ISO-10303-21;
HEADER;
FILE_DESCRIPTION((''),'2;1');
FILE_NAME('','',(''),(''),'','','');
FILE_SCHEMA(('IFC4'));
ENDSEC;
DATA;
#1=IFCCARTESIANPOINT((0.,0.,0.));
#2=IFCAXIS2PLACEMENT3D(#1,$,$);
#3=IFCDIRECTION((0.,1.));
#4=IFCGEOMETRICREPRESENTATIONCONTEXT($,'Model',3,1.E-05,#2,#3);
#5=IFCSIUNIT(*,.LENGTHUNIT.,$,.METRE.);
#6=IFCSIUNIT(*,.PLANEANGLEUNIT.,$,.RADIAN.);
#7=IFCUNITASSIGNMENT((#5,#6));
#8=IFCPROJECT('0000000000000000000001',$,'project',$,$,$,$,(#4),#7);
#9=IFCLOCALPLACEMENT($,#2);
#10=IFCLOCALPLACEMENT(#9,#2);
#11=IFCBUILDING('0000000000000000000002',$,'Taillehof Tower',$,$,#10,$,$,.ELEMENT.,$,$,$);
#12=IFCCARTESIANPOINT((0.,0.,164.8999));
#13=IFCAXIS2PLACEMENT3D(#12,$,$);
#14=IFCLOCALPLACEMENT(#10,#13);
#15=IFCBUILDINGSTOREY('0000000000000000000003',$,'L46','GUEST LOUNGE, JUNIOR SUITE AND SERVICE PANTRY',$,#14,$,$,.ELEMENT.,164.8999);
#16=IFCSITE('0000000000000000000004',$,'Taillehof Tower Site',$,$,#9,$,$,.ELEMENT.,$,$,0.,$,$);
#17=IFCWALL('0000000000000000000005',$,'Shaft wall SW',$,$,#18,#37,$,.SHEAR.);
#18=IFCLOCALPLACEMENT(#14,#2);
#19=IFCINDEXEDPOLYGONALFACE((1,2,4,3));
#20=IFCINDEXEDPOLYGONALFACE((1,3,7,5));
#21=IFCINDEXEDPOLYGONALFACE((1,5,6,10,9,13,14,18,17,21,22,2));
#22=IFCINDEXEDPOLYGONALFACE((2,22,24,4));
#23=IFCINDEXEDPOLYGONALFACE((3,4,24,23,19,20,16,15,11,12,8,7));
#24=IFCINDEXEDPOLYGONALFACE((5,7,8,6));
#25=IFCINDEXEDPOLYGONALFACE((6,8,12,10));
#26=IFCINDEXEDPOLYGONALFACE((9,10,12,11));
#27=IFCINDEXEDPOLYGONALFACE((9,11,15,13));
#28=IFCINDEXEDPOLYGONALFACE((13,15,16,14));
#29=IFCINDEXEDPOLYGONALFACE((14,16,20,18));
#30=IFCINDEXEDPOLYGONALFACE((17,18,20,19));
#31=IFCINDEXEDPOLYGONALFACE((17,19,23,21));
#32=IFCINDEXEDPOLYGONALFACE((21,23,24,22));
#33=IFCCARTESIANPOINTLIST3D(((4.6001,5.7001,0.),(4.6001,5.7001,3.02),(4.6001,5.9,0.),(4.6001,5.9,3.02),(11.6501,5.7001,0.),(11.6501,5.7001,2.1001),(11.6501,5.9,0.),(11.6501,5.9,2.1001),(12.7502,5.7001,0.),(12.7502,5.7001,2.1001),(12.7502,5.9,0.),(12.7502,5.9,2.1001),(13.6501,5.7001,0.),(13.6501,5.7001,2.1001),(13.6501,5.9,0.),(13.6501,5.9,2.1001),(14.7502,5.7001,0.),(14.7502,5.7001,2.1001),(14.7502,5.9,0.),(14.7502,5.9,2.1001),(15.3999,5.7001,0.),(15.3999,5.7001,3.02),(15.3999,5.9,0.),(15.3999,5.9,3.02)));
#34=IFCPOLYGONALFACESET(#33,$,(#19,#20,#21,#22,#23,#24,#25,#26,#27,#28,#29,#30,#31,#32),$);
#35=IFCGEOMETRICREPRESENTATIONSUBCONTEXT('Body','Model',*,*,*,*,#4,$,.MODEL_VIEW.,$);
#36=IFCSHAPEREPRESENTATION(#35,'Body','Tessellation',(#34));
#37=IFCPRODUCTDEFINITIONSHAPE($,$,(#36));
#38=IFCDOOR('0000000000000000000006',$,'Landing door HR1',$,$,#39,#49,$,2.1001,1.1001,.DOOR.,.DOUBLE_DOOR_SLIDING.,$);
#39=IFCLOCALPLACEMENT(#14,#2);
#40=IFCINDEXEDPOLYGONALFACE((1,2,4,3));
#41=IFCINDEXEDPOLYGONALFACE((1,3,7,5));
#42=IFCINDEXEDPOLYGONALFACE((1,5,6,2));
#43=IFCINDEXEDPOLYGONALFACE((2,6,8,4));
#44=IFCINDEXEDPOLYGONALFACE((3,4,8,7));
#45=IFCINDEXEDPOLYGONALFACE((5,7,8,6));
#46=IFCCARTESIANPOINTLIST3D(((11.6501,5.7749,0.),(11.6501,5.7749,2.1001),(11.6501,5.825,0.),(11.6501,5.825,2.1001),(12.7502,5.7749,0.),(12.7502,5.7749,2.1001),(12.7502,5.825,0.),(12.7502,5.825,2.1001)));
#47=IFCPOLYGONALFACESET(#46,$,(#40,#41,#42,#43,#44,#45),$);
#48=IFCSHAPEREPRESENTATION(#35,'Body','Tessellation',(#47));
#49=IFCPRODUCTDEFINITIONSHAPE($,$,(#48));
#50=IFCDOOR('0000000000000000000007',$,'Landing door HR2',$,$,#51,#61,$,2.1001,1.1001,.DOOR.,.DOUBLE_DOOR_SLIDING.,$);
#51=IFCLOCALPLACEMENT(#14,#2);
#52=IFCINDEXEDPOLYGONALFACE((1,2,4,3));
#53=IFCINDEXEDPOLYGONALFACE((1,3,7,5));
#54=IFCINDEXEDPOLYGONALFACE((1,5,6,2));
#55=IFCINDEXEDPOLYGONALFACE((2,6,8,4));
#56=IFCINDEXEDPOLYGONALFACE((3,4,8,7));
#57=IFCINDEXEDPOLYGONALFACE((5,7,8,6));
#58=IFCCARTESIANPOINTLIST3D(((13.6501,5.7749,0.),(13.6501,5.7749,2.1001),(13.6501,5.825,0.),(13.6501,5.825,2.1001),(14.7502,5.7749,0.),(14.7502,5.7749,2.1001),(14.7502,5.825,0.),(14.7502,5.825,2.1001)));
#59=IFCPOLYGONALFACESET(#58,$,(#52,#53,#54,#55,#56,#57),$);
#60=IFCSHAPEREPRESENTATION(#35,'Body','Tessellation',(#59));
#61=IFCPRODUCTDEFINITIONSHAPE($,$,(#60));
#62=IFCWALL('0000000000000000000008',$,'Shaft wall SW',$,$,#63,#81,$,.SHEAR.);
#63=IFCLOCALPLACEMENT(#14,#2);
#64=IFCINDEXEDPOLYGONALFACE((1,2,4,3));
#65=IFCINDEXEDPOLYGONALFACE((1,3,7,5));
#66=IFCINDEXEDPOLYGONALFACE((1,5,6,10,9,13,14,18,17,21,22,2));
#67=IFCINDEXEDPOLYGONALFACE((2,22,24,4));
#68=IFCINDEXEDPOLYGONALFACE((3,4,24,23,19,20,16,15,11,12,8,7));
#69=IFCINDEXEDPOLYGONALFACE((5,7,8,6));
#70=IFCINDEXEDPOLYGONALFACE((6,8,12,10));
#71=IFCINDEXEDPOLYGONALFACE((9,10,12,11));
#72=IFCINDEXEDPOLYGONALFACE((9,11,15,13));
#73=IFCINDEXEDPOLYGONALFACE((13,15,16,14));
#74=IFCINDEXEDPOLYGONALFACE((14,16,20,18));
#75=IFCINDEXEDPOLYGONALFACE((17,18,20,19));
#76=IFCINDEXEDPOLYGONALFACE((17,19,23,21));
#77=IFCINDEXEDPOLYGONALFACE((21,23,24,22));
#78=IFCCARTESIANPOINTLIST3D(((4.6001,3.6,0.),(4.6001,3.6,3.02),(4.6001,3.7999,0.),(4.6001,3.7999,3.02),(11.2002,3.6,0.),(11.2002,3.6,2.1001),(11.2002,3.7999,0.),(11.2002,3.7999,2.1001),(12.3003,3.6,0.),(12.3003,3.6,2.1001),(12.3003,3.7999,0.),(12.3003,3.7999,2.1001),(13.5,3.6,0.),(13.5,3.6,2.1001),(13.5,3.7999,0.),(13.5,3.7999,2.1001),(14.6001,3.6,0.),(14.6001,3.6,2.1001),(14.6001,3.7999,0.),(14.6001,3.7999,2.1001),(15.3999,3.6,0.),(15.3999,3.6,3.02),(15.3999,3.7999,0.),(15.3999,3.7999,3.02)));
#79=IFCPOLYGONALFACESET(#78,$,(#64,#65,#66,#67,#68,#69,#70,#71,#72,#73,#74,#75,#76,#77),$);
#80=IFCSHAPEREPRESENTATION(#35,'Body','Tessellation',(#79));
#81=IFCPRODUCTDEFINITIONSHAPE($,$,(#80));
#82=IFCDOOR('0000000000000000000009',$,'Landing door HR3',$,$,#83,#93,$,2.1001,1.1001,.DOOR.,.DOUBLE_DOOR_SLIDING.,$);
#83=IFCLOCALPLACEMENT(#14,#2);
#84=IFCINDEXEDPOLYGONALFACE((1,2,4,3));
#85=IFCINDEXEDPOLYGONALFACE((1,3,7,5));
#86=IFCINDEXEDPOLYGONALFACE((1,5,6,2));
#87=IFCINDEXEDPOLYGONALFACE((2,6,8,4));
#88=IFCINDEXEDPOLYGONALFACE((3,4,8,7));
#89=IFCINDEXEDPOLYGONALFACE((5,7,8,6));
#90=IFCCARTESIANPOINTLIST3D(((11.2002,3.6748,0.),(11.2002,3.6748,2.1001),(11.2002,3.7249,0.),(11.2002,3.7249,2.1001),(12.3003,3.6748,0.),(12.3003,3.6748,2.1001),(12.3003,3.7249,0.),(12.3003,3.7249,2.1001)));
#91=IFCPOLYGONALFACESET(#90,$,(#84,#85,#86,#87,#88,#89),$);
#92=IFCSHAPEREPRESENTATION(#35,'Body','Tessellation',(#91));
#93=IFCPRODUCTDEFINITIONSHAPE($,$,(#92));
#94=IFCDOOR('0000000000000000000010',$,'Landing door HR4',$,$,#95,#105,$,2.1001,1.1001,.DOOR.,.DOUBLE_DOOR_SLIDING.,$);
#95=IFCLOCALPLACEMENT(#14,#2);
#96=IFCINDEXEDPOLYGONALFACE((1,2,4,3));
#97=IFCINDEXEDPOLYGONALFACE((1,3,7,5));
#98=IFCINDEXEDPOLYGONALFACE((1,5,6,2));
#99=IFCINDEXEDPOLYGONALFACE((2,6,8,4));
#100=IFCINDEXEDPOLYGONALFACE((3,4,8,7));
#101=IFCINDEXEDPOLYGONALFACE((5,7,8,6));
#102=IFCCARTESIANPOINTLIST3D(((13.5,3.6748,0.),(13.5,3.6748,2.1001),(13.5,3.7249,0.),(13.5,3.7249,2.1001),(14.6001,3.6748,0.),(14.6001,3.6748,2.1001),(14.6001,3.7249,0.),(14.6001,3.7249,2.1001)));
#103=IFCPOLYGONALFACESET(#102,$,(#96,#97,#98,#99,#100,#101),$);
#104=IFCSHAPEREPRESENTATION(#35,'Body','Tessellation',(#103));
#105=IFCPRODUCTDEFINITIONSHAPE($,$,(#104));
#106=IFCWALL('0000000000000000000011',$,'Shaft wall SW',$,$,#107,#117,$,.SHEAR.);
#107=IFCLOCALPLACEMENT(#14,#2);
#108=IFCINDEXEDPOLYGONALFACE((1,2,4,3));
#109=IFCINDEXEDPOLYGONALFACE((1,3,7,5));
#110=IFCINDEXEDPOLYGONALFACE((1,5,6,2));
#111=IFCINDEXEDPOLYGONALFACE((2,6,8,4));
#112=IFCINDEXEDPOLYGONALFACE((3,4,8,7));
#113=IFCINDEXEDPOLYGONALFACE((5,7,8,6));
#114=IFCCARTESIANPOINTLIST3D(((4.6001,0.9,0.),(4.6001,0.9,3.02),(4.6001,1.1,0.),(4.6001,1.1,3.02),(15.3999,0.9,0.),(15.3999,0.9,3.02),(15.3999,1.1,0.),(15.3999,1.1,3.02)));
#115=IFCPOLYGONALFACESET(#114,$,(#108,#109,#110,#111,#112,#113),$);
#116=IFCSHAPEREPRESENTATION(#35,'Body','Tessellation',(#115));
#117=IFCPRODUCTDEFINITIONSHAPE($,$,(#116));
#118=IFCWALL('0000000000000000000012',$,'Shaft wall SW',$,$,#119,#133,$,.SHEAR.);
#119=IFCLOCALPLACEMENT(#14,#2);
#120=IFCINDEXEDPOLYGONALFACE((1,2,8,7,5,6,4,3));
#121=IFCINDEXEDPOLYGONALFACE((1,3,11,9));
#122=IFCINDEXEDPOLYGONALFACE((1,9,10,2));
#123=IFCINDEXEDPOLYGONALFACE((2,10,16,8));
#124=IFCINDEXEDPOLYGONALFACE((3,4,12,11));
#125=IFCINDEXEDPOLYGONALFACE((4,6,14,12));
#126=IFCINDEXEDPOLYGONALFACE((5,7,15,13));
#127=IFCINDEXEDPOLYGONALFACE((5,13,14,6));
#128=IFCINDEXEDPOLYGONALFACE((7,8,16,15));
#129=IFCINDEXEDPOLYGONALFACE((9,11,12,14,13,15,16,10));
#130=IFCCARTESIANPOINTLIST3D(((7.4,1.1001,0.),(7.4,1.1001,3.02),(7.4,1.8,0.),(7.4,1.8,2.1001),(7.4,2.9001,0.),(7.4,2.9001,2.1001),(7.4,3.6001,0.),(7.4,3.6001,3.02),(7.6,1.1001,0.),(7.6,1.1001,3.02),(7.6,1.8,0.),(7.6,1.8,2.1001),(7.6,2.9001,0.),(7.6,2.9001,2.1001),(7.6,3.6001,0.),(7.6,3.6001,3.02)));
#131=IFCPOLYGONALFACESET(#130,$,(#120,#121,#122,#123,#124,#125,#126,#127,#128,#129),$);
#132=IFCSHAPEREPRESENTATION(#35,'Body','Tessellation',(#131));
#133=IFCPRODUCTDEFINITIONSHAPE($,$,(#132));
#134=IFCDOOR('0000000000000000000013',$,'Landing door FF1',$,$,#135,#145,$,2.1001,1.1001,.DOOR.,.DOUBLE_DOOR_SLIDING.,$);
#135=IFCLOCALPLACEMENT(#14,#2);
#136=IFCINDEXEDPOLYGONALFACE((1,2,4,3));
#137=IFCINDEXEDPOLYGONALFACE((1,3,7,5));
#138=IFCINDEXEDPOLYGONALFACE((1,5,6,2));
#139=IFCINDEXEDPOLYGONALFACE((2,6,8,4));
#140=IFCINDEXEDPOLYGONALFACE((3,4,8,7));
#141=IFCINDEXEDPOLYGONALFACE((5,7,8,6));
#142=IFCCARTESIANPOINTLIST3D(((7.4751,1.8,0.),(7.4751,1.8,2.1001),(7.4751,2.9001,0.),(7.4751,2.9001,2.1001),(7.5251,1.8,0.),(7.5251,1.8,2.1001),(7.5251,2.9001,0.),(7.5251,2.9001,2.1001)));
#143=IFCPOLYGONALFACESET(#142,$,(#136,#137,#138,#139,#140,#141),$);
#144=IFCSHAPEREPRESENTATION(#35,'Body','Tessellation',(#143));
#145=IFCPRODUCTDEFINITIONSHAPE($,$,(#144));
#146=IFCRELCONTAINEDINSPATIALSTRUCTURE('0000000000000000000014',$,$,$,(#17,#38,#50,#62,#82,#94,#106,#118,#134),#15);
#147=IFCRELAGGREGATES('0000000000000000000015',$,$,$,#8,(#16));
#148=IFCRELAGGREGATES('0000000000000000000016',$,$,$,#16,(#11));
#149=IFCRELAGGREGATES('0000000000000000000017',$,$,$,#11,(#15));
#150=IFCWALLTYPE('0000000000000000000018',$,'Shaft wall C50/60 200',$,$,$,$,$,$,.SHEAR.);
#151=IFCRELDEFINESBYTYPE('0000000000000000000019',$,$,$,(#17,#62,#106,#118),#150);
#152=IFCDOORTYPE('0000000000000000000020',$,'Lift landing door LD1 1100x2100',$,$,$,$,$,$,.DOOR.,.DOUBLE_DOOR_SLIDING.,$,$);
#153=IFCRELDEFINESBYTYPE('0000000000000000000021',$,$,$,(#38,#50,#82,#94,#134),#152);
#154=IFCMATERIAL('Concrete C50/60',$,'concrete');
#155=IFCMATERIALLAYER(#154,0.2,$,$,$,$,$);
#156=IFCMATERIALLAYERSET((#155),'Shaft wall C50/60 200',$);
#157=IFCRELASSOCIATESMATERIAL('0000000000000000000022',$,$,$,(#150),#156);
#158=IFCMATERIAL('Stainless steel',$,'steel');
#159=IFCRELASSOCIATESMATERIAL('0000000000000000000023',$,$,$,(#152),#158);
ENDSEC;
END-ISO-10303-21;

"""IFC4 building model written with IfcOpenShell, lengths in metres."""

from ifc_helpers import new_model, si_unit, direction, frame, frame_2d, origin, place, context, subcontext, project, spatial, rectangle, extrude, material, layer, layer_set, type_object, element, fill, save


model = new_model("IFC4")

# Units and contexts
model_context = context("Model", 3, precision=1e-05, world=origin(), true_north=direction((0.0, 1.0)))
body_context = subcontext(model_context, "Body", "Model", "MODEL_VIEW")
ifc_project = project(units=[si_unit("LENGTHUNIT", "METRE"), si_unit("PLANEANGLEUNIT", "RADIAN")], contexts=[model_context])

# Site, building, storey
site_placement = place(None, origin())
site = spatial("IfcSite", under=ifc_project, at=site_placement, Name="Taillehof Tower Site", CompositionType="ELEMENT", RefElevation=0.0)
building_placement = place(site_placement, origin())
building = spatial("IfcBuilding", under=site, at=building_placement, Name="Taillehof Tower", CompositionType="ELEMENT")
storey_placement = place(building_placement, frame((0.0, 0.0, 164.8999)))
storey = spatial("IfcBuildingStorey", under=building, at=storey_placement, Name="L46", Description="GUEST LOUNGE, JUNIOR SUITE AND SERVICE PANTRY", CompositionType="ELEMENT", Elevation=164.8999)

# Walls, openings, doors
ifc_material_1 = material(Name="Concrete C50/60", Category="concrete")
ifc_layer_1 = layer(ifc_material_1, 0.2)
ifc_layer_set_1 = layer_set([ifc_layer_1], Name="Shaft wall C50/60 200")
wall_type_1 = type_object("IfcWallType", Name="Shaft wall C50/60 200", PredefinedType="SHEAR", material=ifc_layer_set_1)
wall_1_placement = place(storey_placement, frame((4.6001, 5.8, 0.0), z_axis=(0.0, 0.0, 1.0), x_axis=(1.0, 0.0, 0.0)))
wall_1 = element("IfcWall", 1, at=wall_1_placement, inside=storey, type_object=wall_type_1, Name="Shaft wall SW", PredefinedType="SHEAR", context=body_context, shape_type="SweptSolid", body=[
    extrude(rectangle(XDim=10.7998, YDim=0.2, at=frame_2d((5.3999, 0.0))), origin(), (0.0, 0.0, 1.0), 3.02),
])
opening_1_placement = place(wall_1_placement, frame((7.05, 0.0, 0.0)))
opening_1 = element("IfcOpeningElement", 2, at=opening_1_placement, cuts=wall_1, PredefinedType="OPENING", context=body_context, shape_type="SweptSolid", body=[
    extrude(rectangle(XDim=1.1001, YDim=2.1001, at=frame_2d((0.55, 1.05))), frame((0.0, 0.1099, 0.0), z_axis=(0.0, -1.0, 0.0), x_axis=(1.0, 0.0, 0.0)), (0.0, 0.0, 1.0), 0.22),
])
opening_2_placement = place(wall_1_placement, frame((9.05, 0.0, 0.0)))
opening_2 = element("IfcOpeningElement", 3, at=opening_2_placement, cuts=wall_1, PredefinedType="OPENING", context=body_context, shape_type="SweptSolid", body=[
    extrude(rectangle(XDim=1.1001, YDim=2.1001, at=frame_2d((0.55, 1.05))), frame((0.0, 0.1099, 0.0), z_axis=(0.0, -1.0, 0.0), x_axis=(1.0, 0.0, 0.0)), (0.0, 0.0, 1.0), 0.22),
])
ifc_material_2 = material(Name="Stainless steel", Category="steel")
door_type_1 = type_object("IfcDoorType", Name="Lift landing door LD1 1100x2100", OperationType="DOUBLE_DOOR_SLIDING", PredefinedType="DOOR", material=ifc_material_2)
door_1_placement = place(opening_1_placement, origin())
door_1 = element("IfcDoor", 4, at=door_1_placement, inside=storey, type_object=door_type_1, Name="Landing door HR1", OperationType="DOUBLE_DOOR_SLIDING", OverallHeight=2.1001, OverallWidth=1.1001, PredefinedType="DOOR", context=body_context, shape_type="SweptSolid", body=[
    extrude(rectangle(XDim=1.1001, YDim=2.1001, at=frame_2d((0.55, 1.05))), frame((0.0, 0.0249, 0.0), z_axis=(0.0, -1.0, 0.0), x_axis=(1.0, 0.0, 0.0)), (0.0, 0.0, 1.0), 0.05),
])
fill(opening_1, door_1)
door_2_placement = place(opening_2_placement, origin())
door_2 = element("IfcDoor", 5, at=door_2_placement, inside=storey, type_object=door_type_1, Name="Landing door HR2", OperationType="DOUBLE_DOOR_SLIDING", OverallHeight=2.1001, OverallWidth=1.1001, PredefinedType="DOOR", context=body_context, shape_type="SweptSolid", body=[
    extrude(rectangle(XDim=1.1001, YDim=2.1001, at=frame_2d((0.55, 1.05))), frame((0.0, 0.0249, 0.0), z_axis=(0.0, -1.0, 0.0), x_axis=(1.0, 0.0, 0.0)), (0.0, 0.0, 1.0), 0.05),
])
fill(opening_2, door_2)
wall_2_placement = place(storey_placement, frame((4.6001, 3.7, 0.0), z_axis=(0.0, 0.0, 1.0), x_axis=(1.0, 0.0, 0.0)))
wall_2 = element("IfcWall", 6, at=wall_2_placement, inside=storey, type_object=wall_type_1, Name="Shaft wall SW", PredefinedType="SHEAR", context=body_context, shape_type="SweptSolid", body=[
    extrude(rectangle(XDim=10.7998, YDim=0.2, at=frame_2d((5.3999, 0.0))), origin(), (0.0, 0.0, 1.0), 3.02),
])
opening_3_placement = place(wall_2_placement, frame((6.6001, 0.0, 0.0)))
opening_3 = element("IfcOpeningElement", 7, at=opening_3_placement, cuts=wall_2, PredefinedType="OPENING", context=body_context, shape_type="SweptSolid", body=[
    extrude(rectangle(XDim=1.1001, YDim=2.1001, at=frame_2d((0.55, 1.05))), frame((0.0, 0.1099, 0.0), z_axis=(0.0, -1.0, 0.0), x_axis=(1.0, 0.0, 0.0)), (0.0, 0.0, 1.0), 0.22),
])
opening_4_placement = place(wall_2_placement, frame((8.8999, 0.0, 0.0)))
opening_4 = element("IfcOpeningElement", 8, at=opening_4_placement, cuts=wall_2, PredefinedType="OPENING", context=body_context, shape_type="SweptSolid", body=[
    extrude(rectangle(XDim=1.1001, YDim=2.1001, at=frame_2d((0.55, 1.05))), frame((0.0, 0.1099, 0.0), z_axis=(0.0, -1.0, 0.0), x_axis=(1.0, 0.0, 0.0)), (0.0, 0.0, 1.0), 0.22),
])
door_3_placement = place(opening_3_placement, origin())
door_3 = element("IfcDoor", 9, at=door_3_placement, inside=storey, type_object=door_type_1, Name="Landing door HR3", OperationType="DOUBLE_DOOR_SLIDING", OverallHeight=2.1001, OverallWidth=1.1001, PredefinedType="DOOR", context=body_context, shape_type="SweptSolid", body=[
    extrude(rectangle(XDim=1.1001, YDim=2.1001, at=frame_2d((0.55, 1.05))), frame((0.0, 0.0249, 0.0), z_axis=(0.0, -1.0, 0.0), x_axis=(1.0, 0.0, 0.0)), (0.0, 0.0, 1.0), 0.05),
])
fill(opening_3, door_3)
door_4_placement = place(opening_4_placement, origin())
door_4 = element("IfcDoor", 10, at=door_4_placement, inside=storey, type_object=door_type_1, Name="Landing door HR4", OperationType="DOUBLE_DOOR_SLIDING", OverallHeight=2.1001, OverallWidth=1.1001, PredefinedType="DOOR", context=body_context, shape_type="SweptSolid", body=[
    extrude(rectangle(XDim=1.1001, YDim=2.1001, at=frame_2d((0.55, 1.05))), frame((0.0, 0.0249, 0.0), z_axis=(0.0, -1.0, 0.0), x_axis=(1.0, 0.0, 0.0)), (0.0, 0.0, 1.0), 0.05),
])
fill(opening_4, door_4)

# Wall
wall_3_placement = place(storey_placement, frame((4.6001, 1.0, 0.0), z_axis=(0.0, 0.0, 1.0), x_axis=(1.0, 0.0, 0.0)))
element("IfcWall", 11, at=wall_3_placement, inside=storey, type_object=wall_type_1, Name="Shaft wall SW", PredefinedType="SHEAR", context=body_context, shape_type="SweptSolid", body=[
    extrude(rectangle(XDim=10.7998, YDim=0.2, at=frame_2d((5.3999, 0.0))), origin(), (0.0, 0.0, 1.0), 3.02),
])

# Wall, opening, door
wall_4_placement = place(storey_placement, frame((7.5, 1.1001, 0.0), z_axis=(0.0, 0.0, 1.0), x_axis=(0.0, 1.0, 0.0)))
wall_4 = element("IfcWall", 12, at=wall_4_placement, inside=storey, type_object=wall_type_1, Name="Shaft wall SW", PredefinedType="SHEAR", context=body_context, shape_type="SweptSolid", body=[
    extrude(rectangle(XDim=2.5, YDim=0.2, at=frame_2d((1.25, 0.0))), origin(), (0.0, 0.0, 1.0), 3.02),
])
opening_5_placement = place(wall_4_placement, frame((0.7, 0.0, 0.0)))
opening_5 = element("IfcOpeningElement", 13, at=opening_5_placement, cuts=wall_4, PredefinedType="OPENING", context=body_context, shape_type="SweptSolid", body=[
    extrude(rectangle(XDim=1.1001, YDim=2.1001, at=frame_2d((0.55, 1.05))), frame((0.0, 0.1099, 0.0), z_axis=(0.0, -1.0, 0.0), x_axis=(1.0, 0.0, 0.0)), (0.0, 0.0, 1.0), 0.22),
])
door_5_placement = place(opening_5_placement, origin())
door_5 = element("IfcDoor", 14, at=door_5_placement, inside=storey, type_object=door_type_1, Name="Landing door FF1", OperationType="DOUBLE_DOOR_SLIDING", OverallHeight=2.1001, OverallWidth=1.1001, PredefinedType="DOOR", context=body_context, shape_type="SweptSolid", body=[
    extrude(rectangle(XDim=1.1001, YDim=2.1001, at=frame_2d((0.55, 1.05))), frame((0.0, 0.0249, 0.0), z_axis=(0.0, -1.0, 0.0), x_axis=(1.0, 0.0, 0.0)), (0.0, 0.0, 1.0), 0.05),
])
fill(opening_5, door_5)

save(model, "model.ifc")
